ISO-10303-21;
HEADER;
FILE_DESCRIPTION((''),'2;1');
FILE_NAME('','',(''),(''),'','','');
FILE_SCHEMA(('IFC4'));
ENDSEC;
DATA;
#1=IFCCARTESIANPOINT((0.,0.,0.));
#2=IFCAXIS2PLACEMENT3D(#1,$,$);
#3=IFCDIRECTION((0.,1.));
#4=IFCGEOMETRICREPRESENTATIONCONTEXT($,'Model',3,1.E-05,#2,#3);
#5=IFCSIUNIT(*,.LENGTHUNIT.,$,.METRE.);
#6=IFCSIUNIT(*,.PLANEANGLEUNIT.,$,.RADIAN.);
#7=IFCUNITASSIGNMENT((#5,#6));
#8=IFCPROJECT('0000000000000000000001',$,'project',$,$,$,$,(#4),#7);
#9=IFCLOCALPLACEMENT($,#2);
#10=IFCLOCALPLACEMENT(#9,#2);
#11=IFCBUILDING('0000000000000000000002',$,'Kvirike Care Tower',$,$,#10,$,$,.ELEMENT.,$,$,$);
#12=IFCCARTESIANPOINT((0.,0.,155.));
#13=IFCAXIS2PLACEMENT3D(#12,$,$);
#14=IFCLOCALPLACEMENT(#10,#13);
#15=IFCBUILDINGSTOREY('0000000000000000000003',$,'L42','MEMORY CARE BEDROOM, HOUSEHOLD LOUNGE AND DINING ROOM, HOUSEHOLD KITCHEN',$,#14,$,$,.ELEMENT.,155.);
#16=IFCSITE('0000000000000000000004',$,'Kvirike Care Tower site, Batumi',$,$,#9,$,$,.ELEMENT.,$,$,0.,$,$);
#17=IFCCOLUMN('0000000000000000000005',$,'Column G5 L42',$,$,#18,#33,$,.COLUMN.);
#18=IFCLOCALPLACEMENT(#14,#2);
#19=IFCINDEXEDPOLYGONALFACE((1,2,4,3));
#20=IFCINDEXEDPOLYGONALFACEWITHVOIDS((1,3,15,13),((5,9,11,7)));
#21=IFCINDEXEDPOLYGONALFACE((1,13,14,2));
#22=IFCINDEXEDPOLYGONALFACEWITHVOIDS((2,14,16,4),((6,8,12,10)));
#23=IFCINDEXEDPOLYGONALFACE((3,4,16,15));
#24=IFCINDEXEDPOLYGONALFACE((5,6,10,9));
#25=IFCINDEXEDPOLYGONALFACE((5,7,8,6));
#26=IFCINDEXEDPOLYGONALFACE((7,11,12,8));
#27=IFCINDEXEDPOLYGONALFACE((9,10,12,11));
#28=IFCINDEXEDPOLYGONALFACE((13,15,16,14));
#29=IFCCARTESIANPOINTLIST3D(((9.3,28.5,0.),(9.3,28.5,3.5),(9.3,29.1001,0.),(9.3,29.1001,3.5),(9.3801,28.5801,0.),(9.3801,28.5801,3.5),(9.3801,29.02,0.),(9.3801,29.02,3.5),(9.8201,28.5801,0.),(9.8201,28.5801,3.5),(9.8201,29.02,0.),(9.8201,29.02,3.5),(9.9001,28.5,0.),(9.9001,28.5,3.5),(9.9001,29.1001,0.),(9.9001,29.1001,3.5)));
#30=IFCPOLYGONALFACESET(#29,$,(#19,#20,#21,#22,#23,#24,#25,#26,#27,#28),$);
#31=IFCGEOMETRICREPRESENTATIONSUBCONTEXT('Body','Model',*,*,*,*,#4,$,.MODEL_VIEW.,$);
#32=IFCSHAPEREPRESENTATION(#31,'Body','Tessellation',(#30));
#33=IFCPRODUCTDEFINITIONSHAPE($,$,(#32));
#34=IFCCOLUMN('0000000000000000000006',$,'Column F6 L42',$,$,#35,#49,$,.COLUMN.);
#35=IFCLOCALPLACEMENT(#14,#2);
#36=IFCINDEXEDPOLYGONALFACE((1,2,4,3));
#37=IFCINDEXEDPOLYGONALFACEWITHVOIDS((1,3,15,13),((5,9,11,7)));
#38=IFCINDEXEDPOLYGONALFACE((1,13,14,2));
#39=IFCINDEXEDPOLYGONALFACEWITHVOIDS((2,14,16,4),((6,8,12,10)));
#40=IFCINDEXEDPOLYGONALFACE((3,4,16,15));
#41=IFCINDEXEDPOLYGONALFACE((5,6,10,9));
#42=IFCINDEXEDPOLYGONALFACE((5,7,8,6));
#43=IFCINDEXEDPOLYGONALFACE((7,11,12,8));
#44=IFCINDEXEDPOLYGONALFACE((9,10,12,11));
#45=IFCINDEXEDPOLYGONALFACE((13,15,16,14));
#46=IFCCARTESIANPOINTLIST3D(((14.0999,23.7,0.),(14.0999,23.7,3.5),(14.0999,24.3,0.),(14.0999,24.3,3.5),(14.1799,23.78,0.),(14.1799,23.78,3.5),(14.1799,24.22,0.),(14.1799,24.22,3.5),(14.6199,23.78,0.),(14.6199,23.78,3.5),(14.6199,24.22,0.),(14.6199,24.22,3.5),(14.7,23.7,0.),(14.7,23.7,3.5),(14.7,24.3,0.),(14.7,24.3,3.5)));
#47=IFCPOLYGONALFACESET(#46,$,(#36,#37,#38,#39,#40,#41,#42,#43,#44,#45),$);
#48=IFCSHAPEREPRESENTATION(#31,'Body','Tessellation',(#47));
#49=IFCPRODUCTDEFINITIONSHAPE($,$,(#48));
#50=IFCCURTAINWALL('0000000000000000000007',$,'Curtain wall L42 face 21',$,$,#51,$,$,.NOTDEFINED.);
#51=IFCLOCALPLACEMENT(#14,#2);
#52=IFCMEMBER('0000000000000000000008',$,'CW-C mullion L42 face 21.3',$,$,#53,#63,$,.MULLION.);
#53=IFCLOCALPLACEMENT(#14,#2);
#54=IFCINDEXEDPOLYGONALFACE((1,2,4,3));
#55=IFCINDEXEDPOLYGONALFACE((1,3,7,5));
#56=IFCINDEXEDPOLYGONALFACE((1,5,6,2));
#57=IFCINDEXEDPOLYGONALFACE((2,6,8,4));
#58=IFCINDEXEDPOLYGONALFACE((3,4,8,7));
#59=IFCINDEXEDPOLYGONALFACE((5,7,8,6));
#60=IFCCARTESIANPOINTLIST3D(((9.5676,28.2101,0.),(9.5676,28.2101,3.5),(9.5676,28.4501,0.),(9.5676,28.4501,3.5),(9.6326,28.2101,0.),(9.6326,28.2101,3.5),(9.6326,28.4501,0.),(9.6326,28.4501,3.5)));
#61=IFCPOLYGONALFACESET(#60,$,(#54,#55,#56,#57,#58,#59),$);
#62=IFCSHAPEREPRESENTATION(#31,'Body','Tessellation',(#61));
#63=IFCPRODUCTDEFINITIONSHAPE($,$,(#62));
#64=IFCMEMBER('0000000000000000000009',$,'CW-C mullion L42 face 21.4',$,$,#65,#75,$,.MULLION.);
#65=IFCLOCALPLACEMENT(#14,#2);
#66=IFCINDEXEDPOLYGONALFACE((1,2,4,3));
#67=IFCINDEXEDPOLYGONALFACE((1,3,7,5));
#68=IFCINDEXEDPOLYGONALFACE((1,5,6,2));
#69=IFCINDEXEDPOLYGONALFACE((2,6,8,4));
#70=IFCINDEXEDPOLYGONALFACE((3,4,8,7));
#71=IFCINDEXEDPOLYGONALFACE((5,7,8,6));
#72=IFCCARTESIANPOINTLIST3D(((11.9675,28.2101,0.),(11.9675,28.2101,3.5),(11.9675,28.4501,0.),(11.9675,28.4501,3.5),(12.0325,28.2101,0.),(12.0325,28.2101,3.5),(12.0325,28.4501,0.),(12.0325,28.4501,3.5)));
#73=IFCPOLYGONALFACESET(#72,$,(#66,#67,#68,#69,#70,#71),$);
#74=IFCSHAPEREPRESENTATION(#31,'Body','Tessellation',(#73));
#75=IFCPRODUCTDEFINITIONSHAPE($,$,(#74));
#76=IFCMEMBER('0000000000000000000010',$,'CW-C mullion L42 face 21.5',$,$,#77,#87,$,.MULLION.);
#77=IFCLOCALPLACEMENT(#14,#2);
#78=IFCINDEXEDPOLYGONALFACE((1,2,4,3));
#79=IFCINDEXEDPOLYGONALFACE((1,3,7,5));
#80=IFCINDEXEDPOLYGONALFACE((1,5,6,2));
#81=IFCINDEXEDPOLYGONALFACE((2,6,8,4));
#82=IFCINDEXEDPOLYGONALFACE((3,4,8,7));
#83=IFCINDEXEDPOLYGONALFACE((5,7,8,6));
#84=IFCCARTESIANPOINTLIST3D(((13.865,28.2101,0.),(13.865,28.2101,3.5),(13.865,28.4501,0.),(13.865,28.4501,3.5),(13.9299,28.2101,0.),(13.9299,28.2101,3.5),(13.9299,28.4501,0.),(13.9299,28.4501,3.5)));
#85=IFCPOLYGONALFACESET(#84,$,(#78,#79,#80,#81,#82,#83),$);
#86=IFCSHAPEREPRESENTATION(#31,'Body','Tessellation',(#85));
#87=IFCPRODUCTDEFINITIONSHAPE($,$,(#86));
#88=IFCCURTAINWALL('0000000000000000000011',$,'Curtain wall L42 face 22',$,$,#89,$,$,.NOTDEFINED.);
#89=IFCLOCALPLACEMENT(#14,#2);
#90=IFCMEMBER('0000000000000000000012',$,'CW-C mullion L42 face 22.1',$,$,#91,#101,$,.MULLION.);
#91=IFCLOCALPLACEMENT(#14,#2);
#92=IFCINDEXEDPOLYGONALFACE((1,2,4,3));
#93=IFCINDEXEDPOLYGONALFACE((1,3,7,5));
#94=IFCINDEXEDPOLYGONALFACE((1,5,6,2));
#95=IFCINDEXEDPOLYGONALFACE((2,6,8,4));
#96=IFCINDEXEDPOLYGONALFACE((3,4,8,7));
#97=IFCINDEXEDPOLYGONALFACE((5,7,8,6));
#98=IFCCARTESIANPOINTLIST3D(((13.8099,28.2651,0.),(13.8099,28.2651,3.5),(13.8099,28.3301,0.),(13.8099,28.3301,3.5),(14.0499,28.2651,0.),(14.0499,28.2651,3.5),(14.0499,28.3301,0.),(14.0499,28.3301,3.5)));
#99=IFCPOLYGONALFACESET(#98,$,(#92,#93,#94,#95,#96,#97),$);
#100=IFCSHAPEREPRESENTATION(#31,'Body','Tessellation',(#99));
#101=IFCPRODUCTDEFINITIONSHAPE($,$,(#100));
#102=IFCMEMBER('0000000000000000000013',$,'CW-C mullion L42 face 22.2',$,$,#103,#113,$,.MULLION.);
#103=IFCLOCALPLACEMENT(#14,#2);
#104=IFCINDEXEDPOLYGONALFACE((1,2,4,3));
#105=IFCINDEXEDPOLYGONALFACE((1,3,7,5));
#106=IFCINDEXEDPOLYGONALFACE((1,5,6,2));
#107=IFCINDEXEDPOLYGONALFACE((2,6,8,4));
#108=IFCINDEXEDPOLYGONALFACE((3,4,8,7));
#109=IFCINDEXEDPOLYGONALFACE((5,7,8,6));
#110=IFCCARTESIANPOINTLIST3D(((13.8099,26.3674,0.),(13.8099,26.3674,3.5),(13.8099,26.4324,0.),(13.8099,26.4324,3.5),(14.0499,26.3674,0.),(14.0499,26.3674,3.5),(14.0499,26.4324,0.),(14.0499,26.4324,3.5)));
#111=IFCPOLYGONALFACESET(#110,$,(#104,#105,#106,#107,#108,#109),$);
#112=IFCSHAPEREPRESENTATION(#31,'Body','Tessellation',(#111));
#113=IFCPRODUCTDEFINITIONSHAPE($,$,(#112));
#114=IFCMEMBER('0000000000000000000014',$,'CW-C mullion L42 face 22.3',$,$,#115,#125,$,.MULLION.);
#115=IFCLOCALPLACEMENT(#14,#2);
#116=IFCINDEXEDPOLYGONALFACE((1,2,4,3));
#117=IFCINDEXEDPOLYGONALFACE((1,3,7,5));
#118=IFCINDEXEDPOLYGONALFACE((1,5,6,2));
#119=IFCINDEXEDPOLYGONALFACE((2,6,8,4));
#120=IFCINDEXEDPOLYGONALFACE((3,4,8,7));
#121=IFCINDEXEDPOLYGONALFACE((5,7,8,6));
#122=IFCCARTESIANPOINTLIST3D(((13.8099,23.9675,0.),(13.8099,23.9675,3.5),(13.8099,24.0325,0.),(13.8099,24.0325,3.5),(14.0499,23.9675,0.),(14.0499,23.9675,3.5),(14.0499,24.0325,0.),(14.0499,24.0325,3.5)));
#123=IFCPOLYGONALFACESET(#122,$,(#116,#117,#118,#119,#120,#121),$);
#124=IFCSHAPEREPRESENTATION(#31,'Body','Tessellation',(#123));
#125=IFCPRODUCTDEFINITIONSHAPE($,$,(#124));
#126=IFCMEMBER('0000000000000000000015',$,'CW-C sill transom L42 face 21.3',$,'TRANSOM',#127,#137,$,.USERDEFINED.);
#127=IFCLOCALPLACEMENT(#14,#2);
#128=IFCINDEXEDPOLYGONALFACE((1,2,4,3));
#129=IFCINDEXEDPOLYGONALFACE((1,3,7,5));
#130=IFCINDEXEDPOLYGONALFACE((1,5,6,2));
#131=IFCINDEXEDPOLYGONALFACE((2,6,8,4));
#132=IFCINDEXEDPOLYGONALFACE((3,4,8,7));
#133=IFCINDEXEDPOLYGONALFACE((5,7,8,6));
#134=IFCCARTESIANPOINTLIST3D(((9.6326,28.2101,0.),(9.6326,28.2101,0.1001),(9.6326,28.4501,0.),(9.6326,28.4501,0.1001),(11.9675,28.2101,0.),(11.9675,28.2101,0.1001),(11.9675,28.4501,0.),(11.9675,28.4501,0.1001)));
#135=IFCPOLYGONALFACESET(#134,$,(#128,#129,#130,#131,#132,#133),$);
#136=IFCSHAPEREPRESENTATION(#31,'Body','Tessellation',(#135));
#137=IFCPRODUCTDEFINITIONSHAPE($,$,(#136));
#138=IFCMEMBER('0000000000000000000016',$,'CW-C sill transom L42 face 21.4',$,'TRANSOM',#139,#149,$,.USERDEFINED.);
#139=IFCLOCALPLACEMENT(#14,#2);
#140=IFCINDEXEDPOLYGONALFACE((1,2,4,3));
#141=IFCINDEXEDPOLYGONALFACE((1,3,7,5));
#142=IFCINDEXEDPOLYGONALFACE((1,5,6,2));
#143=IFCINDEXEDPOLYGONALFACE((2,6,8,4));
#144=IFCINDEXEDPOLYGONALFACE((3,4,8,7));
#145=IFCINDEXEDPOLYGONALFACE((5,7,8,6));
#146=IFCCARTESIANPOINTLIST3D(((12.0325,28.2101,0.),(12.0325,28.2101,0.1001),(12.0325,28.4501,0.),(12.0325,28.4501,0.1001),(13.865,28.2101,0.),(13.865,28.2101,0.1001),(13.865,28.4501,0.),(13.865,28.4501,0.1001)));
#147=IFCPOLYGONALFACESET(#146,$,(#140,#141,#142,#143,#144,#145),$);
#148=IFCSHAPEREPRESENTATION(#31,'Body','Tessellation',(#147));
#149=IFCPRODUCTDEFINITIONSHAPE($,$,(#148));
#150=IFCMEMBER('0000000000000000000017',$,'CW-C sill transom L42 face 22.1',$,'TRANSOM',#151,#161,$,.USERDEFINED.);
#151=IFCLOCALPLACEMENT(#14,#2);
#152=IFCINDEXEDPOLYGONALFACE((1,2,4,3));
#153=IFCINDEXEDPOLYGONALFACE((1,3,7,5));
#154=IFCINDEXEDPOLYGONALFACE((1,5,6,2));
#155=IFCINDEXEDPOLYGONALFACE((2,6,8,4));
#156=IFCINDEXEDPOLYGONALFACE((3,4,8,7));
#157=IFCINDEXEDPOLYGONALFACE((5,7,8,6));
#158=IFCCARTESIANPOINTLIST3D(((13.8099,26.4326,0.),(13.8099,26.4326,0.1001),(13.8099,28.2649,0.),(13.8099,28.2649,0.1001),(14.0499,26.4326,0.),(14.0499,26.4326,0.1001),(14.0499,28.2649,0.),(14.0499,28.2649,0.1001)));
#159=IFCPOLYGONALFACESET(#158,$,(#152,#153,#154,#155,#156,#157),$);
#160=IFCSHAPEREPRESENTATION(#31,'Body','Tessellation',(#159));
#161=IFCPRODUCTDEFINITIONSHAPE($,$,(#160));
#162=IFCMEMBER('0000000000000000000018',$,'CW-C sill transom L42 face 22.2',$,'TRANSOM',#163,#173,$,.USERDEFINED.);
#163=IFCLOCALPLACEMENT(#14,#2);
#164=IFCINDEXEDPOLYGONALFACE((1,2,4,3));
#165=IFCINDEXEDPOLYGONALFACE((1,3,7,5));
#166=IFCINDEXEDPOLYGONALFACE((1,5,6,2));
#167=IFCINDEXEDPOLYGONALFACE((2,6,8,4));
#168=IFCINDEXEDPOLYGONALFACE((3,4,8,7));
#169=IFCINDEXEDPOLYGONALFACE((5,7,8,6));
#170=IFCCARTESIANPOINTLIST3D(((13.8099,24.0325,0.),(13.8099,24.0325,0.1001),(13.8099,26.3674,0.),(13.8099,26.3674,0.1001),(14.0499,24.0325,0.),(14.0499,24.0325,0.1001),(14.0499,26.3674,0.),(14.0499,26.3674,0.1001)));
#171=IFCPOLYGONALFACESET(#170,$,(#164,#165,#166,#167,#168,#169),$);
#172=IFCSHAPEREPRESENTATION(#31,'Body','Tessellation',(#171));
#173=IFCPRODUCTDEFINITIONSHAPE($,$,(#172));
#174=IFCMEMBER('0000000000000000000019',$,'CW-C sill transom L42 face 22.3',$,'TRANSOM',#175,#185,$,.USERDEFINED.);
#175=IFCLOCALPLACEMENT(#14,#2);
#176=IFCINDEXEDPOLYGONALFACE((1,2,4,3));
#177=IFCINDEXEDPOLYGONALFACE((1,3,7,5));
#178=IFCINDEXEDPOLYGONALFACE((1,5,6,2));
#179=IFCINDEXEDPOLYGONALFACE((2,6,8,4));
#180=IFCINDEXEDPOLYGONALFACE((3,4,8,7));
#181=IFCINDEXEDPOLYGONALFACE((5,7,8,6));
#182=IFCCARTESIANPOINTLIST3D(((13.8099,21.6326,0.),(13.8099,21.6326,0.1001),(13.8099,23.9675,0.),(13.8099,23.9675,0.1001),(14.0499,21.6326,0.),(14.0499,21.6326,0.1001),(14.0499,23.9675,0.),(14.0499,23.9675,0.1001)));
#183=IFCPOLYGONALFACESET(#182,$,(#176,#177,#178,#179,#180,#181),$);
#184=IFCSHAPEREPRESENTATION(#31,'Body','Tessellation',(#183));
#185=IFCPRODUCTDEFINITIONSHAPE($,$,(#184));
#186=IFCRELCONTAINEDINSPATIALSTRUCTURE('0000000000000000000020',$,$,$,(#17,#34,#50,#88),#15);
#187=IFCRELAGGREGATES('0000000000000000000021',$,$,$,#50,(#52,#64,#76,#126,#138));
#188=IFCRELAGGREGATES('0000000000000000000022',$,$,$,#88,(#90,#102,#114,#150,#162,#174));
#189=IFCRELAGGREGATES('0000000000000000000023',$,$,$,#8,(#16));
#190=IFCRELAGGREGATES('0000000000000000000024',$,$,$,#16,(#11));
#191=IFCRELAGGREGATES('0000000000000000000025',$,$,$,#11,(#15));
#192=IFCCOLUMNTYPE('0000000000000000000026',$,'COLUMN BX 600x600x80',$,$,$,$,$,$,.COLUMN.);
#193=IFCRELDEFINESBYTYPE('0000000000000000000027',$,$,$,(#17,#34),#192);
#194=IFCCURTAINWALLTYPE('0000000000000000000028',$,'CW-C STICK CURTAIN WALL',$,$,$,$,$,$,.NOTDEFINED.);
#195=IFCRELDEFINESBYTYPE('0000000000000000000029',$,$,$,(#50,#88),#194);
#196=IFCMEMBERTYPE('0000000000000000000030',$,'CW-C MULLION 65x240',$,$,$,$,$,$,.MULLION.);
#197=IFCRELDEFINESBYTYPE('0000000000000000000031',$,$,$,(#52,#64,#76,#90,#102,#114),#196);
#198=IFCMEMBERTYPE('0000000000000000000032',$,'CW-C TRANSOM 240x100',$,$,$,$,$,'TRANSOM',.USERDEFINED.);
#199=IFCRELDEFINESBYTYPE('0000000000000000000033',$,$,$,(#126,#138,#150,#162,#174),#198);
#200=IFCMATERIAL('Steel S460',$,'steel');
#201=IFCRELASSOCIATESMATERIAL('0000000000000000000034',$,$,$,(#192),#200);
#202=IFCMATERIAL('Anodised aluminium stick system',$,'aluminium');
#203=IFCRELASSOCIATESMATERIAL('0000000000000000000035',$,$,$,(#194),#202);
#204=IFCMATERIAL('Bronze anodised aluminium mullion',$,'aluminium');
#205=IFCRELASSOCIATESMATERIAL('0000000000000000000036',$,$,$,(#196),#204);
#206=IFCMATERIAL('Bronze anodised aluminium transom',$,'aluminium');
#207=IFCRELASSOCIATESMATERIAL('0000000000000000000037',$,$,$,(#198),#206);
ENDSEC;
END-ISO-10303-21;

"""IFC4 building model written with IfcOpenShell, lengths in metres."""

from ifc_helpers import new_model, si_unit, direction, frame, origin, origin_2d, place, context, subcontext, project, spatial, rectangle, hollow_rectangle, extrude, material, material_profile, profile_set, type_object, element, aggregate, save


model = new_model("IFC4")

# Units and contexts
model_context = context("Model", 3, precision=1e-05, world=origin(), true_north=direction((0.0, 1.0)))
body_context = subcontext(model_context, "Body", "Model", "MODEL_VIEW")
ifc_project = project(units=[si_unit("LENGTHUNIT", "METRE"), si_unit("PLANEANGLEUNIT", "RADIAN")], contexts=[model_context])

# Site, building, storey
site_placement = place(None, origin())
site = spatial("IfcSite", under=ifc_project, at=site_placement, Name="Kvirike Care Tower site, Batumi", CompositionType="ELEMENT", RefElevation=0.0)
building_placement = place(site_placement, origin())
building = spatial("IfcBuilding", under=site, at=building_placement, Name="Kvirike Care Tower", CompositionType="ELEMENT")
storey_placement = place(building_placement, frame((0.0, 0.0, 155.0)))
storey = spatial("IfcBuildingStorey", under=building, at=storey_placement, Name="L42", Description="MEMORY CARE BEDROOM, HOUSEHOLD LOUNGE AND DINING ROOM, HOUSEHOLD KITCHEN", CompositionType="ELEMENT", Elevation=155.0)

# Columns
ifc_material_1 = material(Name="Steel S460", Category="steel")
ifc_material_profile_1 = material_profile(ifc_material_1, hollow_rectangle(XDim=0.6001, YDim=0.6001, WallThickness=0.0801, at=origin_2d()), Name="BX 600x600x80")
ifc_profile_set_1 = profile_set([ifc_material_profile_1], Name="Steel S460")
column_type = type_object("IfcColumnType", Name="COLUMN BX 600x600x80", PredefinedType="COLUMN", material=ifc_profile_set_1)
for number, where, z_axis, x_axis, name in (
    (1, (9.6001, 28.8, 0.0), (0.0, 0.0, 1.0), (0.0, 1.0, 0.0), "Column G5 L42"),
    (2, (14.3999, 24.0, 0.0), (0.0, 0.0, 1.0), (1.0, 0.0, 0.0), "Column F6 L42"),
):
    element("IfcColumn", number, at=place(storey_placement, frame(where, z_axis=z_axis, x_axis=x_axis)), inside=storey, type_object=column_type, Name=name, PredefinedType="COLUMN", context=body_context, shape_type="SweptSolid", body=[
        extrude(hollow_rectangle(XDim=0.6001, YDim=0.6001, WallThickness=0.0801, at=origin_2d()), origin(), (0.0, 0.0, 1.0), 3.5),
    ])

# Curtain walls, members
ifc_material_2 = material(Name="Anodised aluminium stick system", Category="aluminium")
curtain_wall_type = type_object("IfcCurtainWallType", Name="CW-C STICK CURTAIN WALL", PredefinedType="NOTDEFINED", material=ifc_material_2)
curtain_wall_1_placement = place(storey_placement, origin())
curtain_wall_1 = element("IfcCurtainWall", 3, at=curtain_wall_1_placement, inside=storey, type_object=curtain_wall_type, Name="Curtain wall L42 face 21", PredefinedType="NOTDEFINED")
ifc_material_3 = material(Name="Bronze anodised aluminium mullion", Category="aluminium")
ifc_material_profile_2 = material_profile(ifc_material_3, rectangle(XDim=0.0649, YDim=0.24, at=origin_2d()), Name="CW-C MULLION 65x240")
ifc_profile_set_2 = profile_set([ifc_material_profile_2], Name="Bronze anodised aluminium mullion")
member_type_1 = type_object("IfcMemberType", Name="CW-C MULLION 65x240", PredefinedType="MULLION", material=ifc_profile_set_2)
member_1_placement = place(storey_placement, frame((9.6001, 28.3301, 0.0), z_axis=(0.0, 0.0, 1.0), x_axis=(1.0, 0.0, 0.0)))
member_1 = element("IfcMember", 4, at=member_1_placement, type_object=member_type_1, Name="CW-C mullion L42 face 21.3", PredefinedType="MULLION", context=body_context, shape_type="SweptSolid", body=[
    extrude(rectangle(XDim=0.0649, YDim=0.24, at=origin_2d()), origin(), (0.0, 0.0, 1.0), 3.5),
])
member_2_placement = place(storey_placement, frame((12.0, 28.3301, 0.0), z_axis=(0.0, 0.0, 1.0), x_axis=(1.0, 0.0, 0.0)))
member_2 = element("IfcMember", 5, at=member_2_placement, type_object=member_type_1, Name="CW-C mullion L42 face 21.4", PredefinedType="MULLION", context=body_context, shape_type="SweptSolid", body=[
    extrude(rectangle(XDim=0.0649, YDim=0.24, at=origin_2d()), origin(), (0.0, 0.0, 1.0), 3.5),
])
member_3_placement = place(storey_placement, frame((13.8975, 28.3301, 0.0), z_axis=(0.0, 0.0, 1.0), x_axis=(1.0, 0.0, 0.0)))
member_3 = element("IfcMember", 6, at=member_3_placement, type_object=member_type_1, Name="CW-C mullion L42 face 21.5", PredefinedType="MULLION", context=body_context, shape_type="SweptSolid", body=[
    extrude(rectangle(XDim=0.0649, YDim=0.24, at=origin_2d()), origin(), (0.0, 0.0, 1.0), 3.5),
])
curtain_wall_2_placement = place(storey_placement, origin())
curtain_wall_2 = element("IfcCurtainWall", 7, at=curtain_wall_2_placement, inside=storey, type_object=curtain_wall_type, Name="Curtain wall L42 face 22", PredefinedType="NOTDEFINED")
member_4_placement = place(storey_placement, frame((13.9299, 28.2976, 0.0), z_axis=(0.0, 0.0, 1.0), x_axis=(0.0, -1.0, 0.0)))
member_4 = element("IfcMember", 8, at=member_4_placement, type_object=member_type_1, Name="CW-C mullion L42 face 22.1", PredefinedType="MULLION", context=body_context, shape_type="SweptSolid", body=[
    extrude(rectangle(XDim=0.0649, YDim=0.24, at=origin_2d()), origin(), (0.0, 0.0, 1.0), 3.5),
])
member_5_placement = place(storey_placement, frame((13.9299, 26.3999, 0.0), z_axis=(0.0, 0.0, 1.0), x_axis=(0.0, -1.0, 0.0)))
member_5 = element("IfcMember", 9, at=member_5_placement, type_object=member_type_1, Name="CW-C mullion L42 face 22.2", PredefinedType="MULLION", context=body_context, shape_type="SweptSolid", body=[
    extrude(rectangle(XDim=0.0649, YDim=0.24, at=origin_2d()), origin(), (0.0, 0.0, 1.0), 3.5),
])
member_6_placement = place(storey_placement, frame((13.9299, 24.0, 0.0), z_axis=(0.0, 0.0, 1.0), x_axis=(0.0, -1.0, 0.0)))
member_6 = element("IfcMember", 10, at=member_6_placement, type_object=member_type_1, Name="CW-C mullion L42 face 22.3", PredefinedType="MULLION", context=body_context, shape_type="SweptSolid", body=[
    extrude(rectangle(XDim=0.0649, YDim=0.24, at=origin_2d()), origin(), (0.0, 0.0, 1.0), 3.5),
])

# Members
ifc_material_4 = material(Name="Bronze anodised aluminium transom", Category="aluminium")
ifc_material_profile_3 = material_profile(ifc_material_4, rectangle(XDim=0.24, YDim=0.1001, at=origin_2d()), Name="CW-C TRANSOM 240x100")
ifc_profile_set_3 = profile_set([ifc_material_profile_3], Name="Bronze anodised aluminium transom")
member_type_2 = type_object("IfcMemberType", Name="CW-C TRANSOM 240x100", ElementType="TRANSOM", PredefinedType="USERDEFINED", material=ifc_profile_set_3)
member_7_placement = place(storey_placement, frame((9.6326, 28.3301, 0.05), z_axis=(1.0, 0.0, 0.0), x_axis=(0.0, 1.0, 0.0)))
member_7 = element("IfcMember", 11, at=member_7_placement, type_object=member_type_2, Name="CW-C sill transom L42 face 21.3", ObjectType="TRANSOM", PredefinedType="USERDEFINED", context=body_context, shape_type="SweptSolid", body=[
    extrude(rectangle(XDim=0.24, YDim=0.1001, at=origin_2d()), origin(), (0.0, 0.0, 1.0), 2.335),
])
member_8_placement = place(storey_placement, frame((12.0325, 28.3301, 0.05), z_axis=(1.0, 0.0, 0.0), x_axis=(0.0, 1.0, 0.0)))
member_8 = element("IfcMember", 12, at=member_8_placement, type_object=member_type_2, Name="CW-C sill transom L42 face 21.4", ObjectType="TRANSOM", PredefinedType="USERDEFINED", context=body_context, shape_type="SweptSolid", body=[
    extrude(rectangle(XDim=0.24, YDim=0.1001, at=origin_2d()), origin(), (0.0, 0.0, 1.0), 1.8325),
])
member_9_placement = place(storey_placement, frame((13.9299, 28.2649, 0.05), z_axis=(0.0, -1.0, 0.0), x_axis=(1.0, 0.0, 0.0)))
member_9 = element("IfcMember", 13, at=member_9_placement, type_object=member_type_2, Name="CW-C sill transom L42 face 22.1", ObjectType="TRANSOM", PredefinedType="USERDEFINED", context=body_context, shape_type="SweptSolid", body=[
    extrude(rectangle(XDim=0.24, YDim=0.1001, at=origin_2d()), origin(), (0.0, 0.0, 1.0), 1.8323),
])
member_10_placement = place(storey_placement, frame((13.9299, 26.3674, 0.05), z_axis=(0.0, -1.0, 0.0), x_axis=(1.0, 0.0, 0.0)))
member_10 = element("IfcMember", 14, at=member_10_placement, type_object=member_type_2, Name="CW-C sill transom L42 face 22.2", ObjectType="TRANSOM", PredefinedType="USERDEFINED", context=body_context, shape_type="SweptSolid", body=[
    extrude(rectangle(XDim=0.24, YDim=0.1001, at=origin_2d()), origin(), (0.0, 0.0, 1.0), 2.335),
])
member_11_placement = place(storey_placement, frame((13.9299, 23.9675, 0.05), z_axis=(0.0, -1.0, 0.0), x_axis=(1.0, 0.0, 0.0)))
member_11 = element("IfcMember", 15, at=member_11_placement, type_object=member_type_2, Name="CW-C sill transom L42 face 22.3", ObjectType="TRANSOM", PredefinedType="USERDEFINED", context=body_context, shape_type="SweptSolid", body=[
    extrude(rectangle(XDim=0.24, YDim=0.1001, at=origin_2d()), origin(), (0.0, 0.0, 1.0), 2.335),
])

aggregate(curtain_wall_1, [member_1, member_2, member_3, member_7, member_8])
aggregate(curtain_wall_2, [member_4, member_5, member_6, member_9, member_10, member_11])

save(model, "model.ifc")
